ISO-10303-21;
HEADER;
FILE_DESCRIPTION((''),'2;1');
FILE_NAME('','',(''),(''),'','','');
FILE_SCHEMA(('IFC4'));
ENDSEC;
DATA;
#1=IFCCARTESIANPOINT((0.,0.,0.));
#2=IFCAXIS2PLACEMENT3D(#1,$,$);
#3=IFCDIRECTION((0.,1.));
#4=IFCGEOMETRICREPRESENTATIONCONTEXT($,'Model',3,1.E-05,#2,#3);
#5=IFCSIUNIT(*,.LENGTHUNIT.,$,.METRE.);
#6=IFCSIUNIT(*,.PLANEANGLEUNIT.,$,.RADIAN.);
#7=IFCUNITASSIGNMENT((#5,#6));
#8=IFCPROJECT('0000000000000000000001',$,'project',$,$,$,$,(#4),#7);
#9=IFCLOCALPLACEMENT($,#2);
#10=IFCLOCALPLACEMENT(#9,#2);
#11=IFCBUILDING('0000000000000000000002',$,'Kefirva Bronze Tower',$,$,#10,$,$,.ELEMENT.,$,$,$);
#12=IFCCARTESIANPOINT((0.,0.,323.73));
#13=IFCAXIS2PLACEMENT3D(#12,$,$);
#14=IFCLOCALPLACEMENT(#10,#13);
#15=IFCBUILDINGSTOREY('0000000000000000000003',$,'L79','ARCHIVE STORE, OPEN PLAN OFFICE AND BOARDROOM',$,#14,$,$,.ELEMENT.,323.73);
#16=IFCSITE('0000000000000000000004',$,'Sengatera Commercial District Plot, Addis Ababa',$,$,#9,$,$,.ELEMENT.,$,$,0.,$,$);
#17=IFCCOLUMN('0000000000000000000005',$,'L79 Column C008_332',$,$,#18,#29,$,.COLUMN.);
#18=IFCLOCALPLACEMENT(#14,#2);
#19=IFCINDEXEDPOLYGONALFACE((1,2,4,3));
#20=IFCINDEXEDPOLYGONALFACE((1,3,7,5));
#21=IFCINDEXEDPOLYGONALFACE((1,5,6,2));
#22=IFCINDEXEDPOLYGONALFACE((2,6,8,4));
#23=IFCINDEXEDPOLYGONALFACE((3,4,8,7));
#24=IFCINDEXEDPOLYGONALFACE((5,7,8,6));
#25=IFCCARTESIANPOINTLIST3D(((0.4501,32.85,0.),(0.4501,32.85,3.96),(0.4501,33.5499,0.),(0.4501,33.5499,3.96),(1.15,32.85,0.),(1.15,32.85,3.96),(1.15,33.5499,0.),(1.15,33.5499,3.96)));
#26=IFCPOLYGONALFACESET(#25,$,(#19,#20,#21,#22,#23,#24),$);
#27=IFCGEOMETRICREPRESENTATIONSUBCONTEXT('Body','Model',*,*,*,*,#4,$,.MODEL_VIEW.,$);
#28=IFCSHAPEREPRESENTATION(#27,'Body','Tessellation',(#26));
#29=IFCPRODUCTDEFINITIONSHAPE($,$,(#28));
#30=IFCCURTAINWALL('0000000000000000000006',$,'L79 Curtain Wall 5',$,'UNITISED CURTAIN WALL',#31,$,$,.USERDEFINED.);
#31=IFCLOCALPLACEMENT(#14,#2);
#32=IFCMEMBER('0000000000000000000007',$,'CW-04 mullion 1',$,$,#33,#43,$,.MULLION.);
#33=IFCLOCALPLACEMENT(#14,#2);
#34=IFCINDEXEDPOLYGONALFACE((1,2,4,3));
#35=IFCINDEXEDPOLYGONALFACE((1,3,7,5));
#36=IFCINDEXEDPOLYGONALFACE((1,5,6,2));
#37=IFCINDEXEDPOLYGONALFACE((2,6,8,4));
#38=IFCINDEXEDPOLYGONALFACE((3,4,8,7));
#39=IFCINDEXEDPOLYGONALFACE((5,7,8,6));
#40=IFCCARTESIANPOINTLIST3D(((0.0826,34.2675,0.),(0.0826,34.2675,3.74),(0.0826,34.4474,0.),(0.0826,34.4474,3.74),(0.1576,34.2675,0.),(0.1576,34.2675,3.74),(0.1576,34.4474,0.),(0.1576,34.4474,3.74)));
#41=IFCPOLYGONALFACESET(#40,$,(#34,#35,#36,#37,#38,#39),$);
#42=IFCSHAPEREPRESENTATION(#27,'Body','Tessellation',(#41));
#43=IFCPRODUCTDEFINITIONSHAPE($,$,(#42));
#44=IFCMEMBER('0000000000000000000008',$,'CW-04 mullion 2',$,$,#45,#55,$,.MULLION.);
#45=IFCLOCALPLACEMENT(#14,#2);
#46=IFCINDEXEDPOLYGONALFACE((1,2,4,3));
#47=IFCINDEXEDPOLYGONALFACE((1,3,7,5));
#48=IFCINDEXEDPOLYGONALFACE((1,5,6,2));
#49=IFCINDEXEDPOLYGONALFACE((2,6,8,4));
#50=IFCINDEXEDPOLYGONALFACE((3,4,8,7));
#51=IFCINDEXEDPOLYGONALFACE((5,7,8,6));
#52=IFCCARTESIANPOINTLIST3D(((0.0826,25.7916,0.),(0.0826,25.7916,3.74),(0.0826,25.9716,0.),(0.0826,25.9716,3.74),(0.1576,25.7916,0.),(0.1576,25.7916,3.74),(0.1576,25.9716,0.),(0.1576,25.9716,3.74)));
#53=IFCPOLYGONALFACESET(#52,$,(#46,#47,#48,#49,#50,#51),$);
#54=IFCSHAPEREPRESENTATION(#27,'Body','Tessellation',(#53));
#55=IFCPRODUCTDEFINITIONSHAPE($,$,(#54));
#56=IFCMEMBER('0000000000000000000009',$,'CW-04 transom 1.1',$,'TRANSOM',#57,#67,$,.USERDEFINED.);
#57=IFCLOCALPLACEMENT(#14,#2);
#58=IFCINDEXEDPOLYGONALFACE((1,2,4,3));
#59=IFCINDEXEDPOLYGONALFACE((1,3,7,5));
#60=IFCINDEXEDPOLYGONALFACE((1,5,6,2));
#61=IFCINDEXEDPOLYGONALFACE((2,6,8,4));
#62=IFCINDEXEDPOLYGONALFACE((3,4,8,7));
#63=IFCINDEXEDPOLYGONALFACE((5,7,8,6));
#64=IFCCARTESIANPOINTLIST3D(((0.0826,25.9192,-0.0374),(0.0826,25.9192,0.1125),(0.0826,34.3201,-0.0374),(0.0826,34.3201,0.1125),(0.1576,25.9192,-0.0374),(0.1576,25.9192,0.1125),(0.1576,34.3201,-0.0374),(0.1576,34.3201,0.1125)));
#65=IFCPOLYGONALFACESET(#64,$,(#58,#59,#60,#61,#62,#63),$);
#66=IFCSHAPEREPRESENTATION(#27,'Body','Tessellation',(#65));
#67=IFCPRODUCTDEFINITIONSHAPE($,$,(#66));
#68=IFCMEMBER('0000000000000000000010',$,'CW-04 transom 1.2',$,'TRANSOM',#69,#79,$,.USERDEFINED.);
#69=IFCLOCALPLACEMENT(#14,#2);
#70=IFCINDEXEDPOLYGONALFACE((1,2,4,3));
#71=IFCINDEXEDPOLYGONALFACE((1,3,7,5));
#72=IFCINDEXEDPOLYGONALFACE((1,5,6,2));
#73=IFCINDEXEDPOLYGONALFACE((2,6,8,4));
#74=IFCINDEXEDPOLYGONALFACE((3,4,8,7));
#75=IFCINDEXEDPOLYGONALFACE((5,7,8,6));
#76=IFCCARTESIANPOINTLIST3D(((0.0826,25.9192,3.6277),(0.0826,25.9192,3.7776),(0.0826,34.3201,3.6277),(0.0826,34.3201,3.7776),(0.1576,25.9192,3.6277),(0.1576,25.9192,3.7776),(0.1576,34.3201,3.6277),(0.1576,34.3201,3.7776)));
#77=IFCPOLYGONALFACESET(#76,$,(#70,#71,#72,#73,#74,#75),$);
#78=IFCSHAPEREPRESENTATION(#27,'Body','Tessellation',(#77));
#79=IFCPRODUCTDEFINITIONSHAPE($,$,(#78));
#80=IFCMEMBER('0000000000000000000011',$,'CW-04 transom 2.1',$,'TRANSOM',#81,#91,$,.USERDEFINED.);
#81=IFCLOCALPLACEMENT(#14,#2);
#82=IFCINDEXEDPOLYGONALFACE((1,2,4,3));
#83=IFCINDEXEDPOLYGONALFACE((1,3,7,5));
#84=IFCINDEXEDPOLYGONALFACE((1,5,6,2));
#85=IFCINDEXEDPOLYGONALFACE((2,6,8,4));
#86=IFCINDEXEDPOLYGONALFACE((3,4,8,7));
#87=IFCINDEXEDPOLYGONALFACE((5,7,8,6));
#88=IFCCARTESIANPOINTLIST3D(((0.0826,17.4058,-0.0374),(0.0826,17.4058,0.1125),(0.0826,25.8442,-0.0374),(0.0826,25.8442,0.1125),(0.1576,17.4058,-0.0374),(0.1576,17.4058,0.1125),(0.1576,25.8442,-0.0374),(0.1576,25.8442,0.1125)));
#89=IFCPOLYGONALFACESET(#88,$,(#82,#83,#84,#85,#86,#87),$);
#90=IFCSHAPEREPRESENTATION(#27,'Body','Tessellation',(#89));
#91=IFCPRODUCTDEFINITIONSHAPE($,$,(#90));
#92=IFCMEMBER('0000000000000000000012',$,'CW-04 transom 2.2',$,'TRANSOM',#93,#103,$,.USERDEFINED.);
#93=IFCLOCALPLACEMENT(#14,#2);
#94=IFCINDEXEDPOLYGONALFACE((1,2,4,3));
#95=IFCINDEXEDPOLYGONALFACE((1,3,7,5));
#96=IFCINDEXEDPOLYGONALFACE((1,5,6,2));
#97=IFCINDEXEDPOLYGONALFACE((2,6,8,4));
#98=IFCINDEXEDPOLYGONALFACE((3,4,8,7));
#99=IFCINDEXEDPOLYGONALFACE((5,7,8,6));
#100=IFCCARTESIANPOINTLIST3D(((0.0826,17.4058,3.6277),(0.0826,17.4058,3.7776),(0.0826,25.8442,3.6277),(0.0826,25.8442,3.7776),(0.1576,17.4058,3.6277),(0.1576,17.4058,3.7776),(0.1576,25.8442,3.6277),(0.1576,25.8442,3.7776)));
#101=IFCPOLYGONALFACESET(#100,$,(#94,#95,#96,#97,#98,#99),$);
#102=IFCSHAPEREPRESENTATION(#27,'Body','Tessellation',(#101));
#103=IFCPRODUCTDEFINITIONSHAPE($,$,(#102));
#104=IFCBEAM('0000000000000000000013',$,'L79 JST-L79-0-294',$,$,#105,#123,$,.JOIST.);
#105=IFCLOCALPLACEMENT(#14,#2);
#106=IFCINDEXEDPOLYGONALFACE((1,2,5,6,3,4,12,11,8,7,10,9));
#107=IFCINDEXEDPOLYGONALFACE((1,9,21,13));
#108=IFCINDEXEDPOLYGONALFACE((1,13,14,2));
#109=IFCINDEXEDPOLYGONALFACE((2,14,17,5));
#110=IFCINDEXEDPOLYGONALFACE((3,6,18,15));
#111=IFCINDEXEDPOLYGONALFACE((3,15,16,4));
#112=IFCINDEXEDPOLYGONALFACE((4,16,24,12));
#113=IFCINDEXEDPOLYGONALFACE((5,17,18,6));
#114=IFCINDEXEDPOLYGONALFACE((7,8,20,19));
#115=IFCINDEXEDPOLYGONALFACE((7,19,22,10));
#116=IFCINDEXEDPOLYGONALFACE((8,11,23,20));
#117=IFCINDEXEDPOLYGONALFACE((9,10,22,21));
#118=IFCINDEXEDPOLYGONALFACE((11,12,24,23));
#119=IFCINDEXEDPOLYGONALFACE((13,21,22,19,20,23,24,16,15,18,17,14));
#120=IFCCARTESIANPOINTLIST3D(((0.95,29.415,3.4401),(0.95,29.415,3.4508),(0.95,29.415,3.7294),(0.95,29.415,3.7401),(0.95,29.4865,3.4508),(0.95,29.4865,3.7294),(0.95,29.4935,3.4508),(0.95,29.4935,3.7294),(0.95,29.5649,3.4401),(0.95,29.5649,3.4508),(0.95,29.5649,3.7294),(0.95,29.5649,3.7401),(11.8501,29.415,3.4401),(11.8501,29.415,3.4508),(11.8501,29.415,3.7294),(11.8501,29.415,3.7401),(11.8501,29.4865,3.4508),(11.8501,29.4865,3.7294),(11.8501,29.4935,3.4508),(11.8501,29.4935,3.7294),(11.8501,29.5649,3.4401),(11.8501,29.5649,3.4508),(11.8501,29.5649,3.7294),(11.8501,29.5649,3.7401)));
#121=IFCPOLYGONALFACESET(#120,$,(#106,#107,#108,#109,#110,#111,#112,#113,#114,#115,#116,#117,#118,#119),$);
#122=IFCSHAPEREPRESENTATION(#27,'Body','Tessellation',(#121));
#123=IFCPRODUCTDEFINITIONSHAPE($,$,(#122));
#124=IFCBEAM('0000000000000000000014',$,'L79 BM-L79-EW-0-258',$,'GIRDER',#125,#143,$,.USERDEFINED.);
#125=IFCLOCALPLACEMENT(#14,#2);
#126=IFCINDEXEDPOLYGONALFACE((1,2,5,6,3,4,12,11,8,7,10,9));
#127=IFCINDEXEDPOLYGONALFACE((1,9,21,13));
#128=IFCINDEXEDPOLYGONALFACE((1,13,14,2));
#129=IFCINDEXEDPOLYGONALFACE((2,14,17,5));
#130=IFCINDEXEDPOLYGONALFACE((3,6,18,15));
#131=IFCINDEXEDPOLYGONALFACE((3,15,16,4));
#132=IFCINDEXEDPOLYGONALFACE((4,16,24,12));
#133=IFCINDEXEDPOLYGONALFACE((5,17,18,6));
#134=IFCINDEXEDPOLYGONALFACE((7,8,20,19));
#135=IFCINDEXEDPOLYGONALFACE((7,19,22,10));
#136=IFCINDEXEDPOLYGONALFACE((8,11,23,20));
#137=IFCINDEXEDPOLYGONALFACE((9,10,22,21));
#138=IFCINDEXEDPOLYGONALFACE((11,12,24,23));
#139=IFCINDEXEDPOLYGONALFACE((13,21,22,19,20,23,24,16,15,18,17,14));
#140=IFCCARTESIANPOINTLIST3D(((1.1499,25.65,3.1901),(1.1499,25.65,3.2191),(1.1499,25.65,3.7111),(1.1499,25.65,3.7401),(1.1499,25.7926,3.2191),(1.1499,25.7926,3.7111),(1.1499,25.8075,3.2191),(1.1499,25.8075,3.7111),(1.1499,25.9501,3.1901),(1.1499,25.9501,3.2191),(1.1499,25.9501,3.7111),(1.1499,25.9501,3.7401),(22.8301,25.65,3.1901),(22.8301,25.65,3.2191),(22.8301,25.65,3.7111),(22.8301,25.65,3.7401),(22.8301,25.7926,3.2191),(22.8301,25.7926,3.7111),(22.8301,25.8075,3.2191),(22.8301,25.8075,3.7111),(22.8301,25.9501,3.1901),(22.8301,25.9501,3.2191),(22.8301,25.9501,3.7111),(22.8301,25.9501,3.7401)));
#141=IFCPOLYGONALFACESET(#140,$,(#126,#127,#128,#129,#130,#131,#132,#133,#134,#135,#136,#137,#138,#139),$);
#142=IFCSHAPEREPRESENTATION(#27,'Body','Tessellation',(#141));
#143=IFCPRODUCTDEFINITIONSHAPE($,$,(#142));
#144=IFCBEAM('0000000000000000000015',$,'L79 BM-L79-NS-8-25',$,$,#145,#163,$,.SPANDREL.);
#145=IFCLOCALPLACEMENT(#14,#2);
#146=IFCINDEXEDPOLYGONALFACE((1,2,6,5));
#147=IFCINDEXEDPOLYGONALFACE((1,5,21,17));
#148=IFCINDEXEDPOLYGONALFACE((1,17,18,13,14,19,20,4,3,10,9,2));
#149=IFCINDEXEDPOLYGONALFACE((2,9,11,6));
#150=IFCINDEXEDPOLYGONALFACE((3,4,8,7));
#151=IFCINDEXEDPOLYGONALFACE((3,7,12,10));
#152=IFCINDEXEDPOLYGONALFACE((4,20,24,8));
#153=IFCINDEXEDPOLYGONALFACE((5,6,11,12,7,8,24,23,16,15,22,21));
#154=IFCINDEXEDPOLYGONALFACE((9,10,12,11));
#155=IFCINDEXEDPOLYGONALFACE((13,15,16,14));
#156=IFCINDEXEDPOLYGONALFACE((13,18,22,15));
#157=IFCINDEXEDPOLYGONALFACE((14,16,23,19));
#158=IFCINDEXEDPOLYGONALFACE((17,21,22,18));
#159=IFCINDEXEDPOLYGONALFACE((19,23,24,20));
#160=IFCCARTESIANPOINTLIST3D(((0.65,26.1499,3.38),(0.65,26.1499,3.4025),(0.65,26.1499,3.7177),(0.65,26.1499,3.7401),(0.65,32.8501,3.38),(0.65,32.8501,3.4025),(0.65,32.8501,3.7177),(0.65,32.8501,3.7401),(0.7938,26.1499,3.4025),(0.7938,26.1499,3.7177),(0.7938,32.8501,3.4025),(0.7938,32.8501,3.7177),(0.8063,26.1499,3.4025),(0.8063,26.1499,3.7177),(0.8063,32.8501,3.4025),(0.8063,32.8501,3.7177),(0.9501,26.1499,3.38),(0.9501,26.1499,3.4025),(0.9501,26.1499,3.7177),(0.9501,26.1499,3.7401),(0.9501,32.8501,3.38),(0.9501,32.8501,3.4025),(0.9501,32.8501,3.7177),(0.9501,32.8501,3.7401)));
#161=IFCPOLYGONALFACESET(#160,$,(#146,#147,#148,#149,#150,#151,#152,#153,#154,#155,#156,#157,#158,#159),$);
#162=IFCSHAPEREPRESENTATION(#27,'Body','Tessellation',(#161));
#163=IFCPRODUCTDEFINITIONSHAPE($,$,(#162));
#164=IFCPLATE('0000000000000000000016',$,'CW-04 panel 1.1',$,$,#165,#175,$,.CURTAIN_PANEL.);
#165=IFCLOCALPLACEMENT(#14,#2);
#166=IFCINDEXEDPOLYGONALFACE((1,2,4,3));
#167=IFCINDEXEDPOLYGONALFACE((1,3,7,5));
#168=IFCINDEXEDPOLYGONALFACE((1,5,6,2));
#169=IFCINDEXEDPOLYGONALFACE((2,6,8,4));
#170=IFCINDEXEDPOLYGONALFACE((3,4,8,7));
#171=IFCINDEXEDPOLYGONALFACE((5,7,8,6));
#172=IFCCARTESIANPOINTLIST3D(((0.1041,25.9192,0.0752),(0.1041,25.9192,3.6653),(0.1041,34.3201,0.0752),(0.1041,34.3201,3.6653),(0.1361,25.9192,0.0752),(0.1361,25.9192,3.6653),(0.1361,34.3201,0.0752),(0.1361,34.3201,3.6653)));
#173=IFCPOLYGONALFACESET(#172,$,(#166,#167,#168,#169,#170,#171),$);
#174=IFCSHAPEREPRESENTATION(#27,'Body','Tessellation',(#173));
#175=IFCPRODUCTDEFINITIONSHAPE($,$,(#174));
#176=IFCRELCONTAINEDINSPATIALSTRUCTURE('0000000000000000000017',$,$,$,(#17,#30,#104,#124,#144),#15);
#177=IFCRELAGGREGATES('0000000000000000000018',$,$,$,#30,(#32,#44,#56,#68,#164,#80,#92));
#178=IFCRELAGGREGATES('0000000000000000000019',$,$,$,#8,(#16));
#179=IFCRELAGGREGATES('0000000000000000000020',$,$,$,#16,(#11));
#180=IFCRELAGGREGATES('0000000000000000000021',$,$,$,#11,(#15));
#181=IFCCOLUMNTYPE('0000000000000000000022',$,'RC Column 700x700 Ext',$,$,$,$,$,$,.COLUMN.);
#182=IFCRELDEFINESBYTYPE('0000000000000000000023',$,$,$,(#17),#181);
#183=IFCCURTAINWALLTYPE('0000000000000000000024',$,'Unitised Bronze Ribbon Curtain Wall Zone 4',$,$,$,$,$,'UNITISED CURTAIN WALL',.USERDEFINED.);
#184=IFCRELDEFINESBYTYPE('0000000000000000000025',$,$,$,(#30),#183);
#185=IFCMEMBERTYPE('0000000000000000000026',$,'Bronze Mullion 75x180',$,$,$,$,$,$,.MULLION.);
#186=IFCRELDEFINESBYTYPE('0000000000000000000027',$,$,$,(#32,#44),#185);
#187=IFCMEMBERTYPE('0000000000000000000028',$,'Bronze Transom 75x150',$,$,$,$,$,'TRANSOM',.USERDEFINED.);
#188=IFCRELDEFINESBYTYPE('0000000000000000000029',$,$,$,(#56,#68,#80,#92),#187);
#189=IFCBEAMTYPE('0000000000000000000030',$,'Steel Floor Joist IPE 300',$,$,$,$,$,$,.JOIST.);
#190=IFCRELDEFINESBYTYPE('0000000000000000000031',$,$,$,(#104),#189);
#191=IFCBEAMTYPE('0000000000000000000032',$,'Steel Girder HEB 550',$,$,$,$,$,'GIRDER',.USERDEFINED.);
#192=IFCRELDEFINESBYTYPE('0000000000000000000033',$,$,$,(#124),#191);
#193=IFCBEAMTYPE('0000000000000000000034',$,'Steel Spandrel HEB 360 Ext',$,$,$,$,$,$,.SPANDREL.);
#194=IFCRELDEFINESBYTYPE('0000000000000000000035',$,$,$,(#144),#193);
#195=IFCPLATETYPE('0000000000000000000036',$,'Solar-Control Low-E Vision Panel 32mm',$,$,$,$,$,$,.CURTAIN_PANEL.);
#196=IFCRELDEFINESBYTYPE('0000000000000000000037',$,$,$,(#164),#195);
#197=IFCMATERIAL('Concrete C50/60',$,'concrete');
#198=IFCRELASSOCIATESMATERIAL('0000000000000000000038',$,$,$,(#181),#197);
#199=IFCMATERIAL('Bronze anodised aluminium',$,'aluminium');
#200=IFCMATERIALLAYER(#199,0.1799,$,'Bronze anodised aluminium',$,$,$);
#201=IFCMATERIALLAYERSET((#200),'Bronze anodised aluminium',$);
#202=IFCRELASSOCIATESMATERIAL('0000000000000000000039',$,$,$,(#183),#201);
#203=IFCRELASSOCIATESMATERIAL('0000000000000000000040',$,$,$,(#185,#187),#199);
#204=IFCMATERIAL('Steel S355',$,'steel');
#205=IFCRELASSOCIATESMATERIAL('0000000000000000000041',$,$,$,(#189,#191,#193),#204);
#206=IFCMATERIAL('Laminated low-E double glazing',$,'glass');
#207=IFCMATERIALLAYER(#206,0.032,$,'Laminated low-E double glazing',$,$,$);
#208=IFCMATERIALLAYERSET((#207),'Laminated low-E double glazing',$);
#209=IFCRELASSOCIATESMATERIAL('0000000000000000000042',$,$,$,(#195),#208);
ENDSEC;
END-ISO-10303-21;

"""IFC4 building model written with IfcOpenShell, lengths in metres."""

from ifc_helpers import new_model, si_unit, direction, frame, origin, origin_2d, place, context, subcontext, project, spatial, rectangle, i_section, extrude, material, layer, layer_set, material_profile, profile_set, type_object, element, aggregate, save


model = new_model("IFC4")

# Units and contexts
model_context = context("Model", 3, precision=1e-05, world=origin(), true_north=direction((0.0, 1.0)))
body_context = subcontext(model_context, "Body", "Model", "MODEL_VIEW")
ifc_project = project(units=[si_unit("LENGTHUNIT", "METRE"), si_unit("PLANEANGLEUNIT", "RADIAN")], contexts=[model_context])

# Site, building, storey
site_placement = place(None, origin())
site = spatial("IfcSite", under=ifc_project, at=site_placement, Name="Sengatera Commercial District Plot, Addis Ababa", CompositionType="ELEMENT", RefElevation=0.0)
building_placement = place(site_placement, origin())
building = spatial("IfcBuilding", under=site, at=building_placement, Name="Kefirva Bronze Tower", CompositionType="ELEMENT")
storey_placement = place(building_placement, frame((0.0, 0.0, 323.73)))
storey = spatial("IfcBuildingStorey", under=building, at=storey_placement, Name="L79", Description="ARCHIVE STORE, OPEN PLAN OFFICE AND BOARDROOM", CompositionType="ELEMENT", Elevation=323.73)

# Column
ifc_material_1 = material(Name="Concrete C50/60", Category="concrete")
ifc_material_profile_1 = material_profile(ifc_material_1, rectangle(XDim=0.7, YDim=0.7, at=origin_2d()), Name="RC 700x700")
ifc_profile_set_1 = profile_set([ifc_material_profile_1], Name="Concrete C50/60")
column_type = type_object("IfcColumnType", Name="RC Column 700x700 Ext", PredefinedType="COLUMN", material=ifc_profile_set_1)
column_placement = place(storey_placement, frame((0.8, 33.2, 0.0), z_axis=(0.0, 0.0, 1.0), x_axis=(1.0, 0.0, 0.0)))
element("IfcColumn", 1, at=column_placement, inside=storey, type_object=column_type, Name="L79 Column C008_332", PredefinedType="COLUMN", context=body_context, shape_type="SweptSolid", body=[
    extrude(rectangle(XDim=0.7, YDim=0.7, at=origin_2d()), origin(), (0.0, 0.0, 1.0), 3.96),
])

# Curtain wall, members
ifc_material_2 = material(Name="Bronze anodised aluminium", Category="aluminium")
ifc_layer_1 = layer(ifc_material_2, 0.1799, Name="Bronze anodised aluminium")
ifc_layer_set_1 = layer_set([ifc_layer_1], Name="Bronze anodised aluminium")
curtain_wall_type = type_object("IfcCurtainWallType", Name="Unitised Bronze Ribbon Curtain Wall Zone 4", ElementType="UNITISED CURTAIN WALL", PredefinedType="USERDEFINED", material=ifc_layer_set_1)
curtain_wall_placement = place(storey_placement, origin())
curtain_wall = element("IfcCurtainWall", 2, at=curtain_wall_placement, inside=storey, type_object=curtain_wall_type, Name="L79 Curtain Wall 5", ObjectType="UNITISED CURTAIN WALL", PredefinedType="USERDEFINED")
ifc_material_profile_2 = material_profile(ifc_material_2, rectangle(XDim=0.075, YDim=0.1799, at=origin_2d()), Name="ALU 75x180")
ifc_profile_set_2 = profile_set([ifc_material_profile_2], Name="Bronze anodised aluminium")
member_type_1 = type_object("IfcMemberType", Name="Bronze Mullion 75x180", PredefinedType="MULLION", material=ifc_profile_set_2)
member_1_placement = place(storey_placement, frame((0.1201, 34.3574, 0.0), z_axis=(0.0, 0.0, 1.0), x_axis=(1.0, 0.0, 0.0)))
member_1 = element("IfcMember", 3, at=member_1_placement, type_object=member_type_1, Name="CW-04 mullion 1", PredefinedType="MULLION", context=body_context, shape_type="SweptSolid", body=[
    extrude(rectangle(XDim=0.075, YDim=0.1799, at=origin_2d()), origin(), (0.0, 0.0, 1.0), 3.74),
])
member_2_placement = place(storey_placement, frame((0.1201, 25.8816, 0.0), z_axis=(0.0, 0.0, 1.0), x_axis=(1.0, 0.0, 0.0)))
member_2 = element("IfcMember", 4, at=member_2_placement, type_object=member_type_1, Name="CW-04 mullion 2", PredefinedType="MULLION", context=body_context, shape_type="SweptSolid", body=[
    extrude(rectangle(XDim=0.075, YDim=0.1799, at=origin_2d()), origin(), (0.0, 0.0, 1.0), 3.74),
])
ifc_material_profile_3 = material_profile(ifc_material_2, rectangle(XDim=0.075, YDim=0.1499, at=origin_2d()), Name="ALU 75x150")
ifc_profile_set_3 = profile_set([ifc_material_profile_3], Name="Bronze anodised aluminium")
member_type_2 = type_object("IfcMemberType", Name="Bronze Transom 75x150", ElementType="TRANSOM", PredefinedType="USERDEFINED", material=ifc_profile_set_3)
member_3_placement = place(storey_placement, frame((0.1201, 34.3201, 0.0376), z_axis=(0.0, -1.0, 0.0), x_axis=(1.0, 0.0, 0.0)))
member_3 = element("IfcMember", 5, at=member_3_placement, type_object=member_type_2, Name="CW-04 transom 1.1", ObjectType="TRANSOM", PredefinedType="USERDEFINED", context=body_context, shape_type="SweptSolid", body=[
    extrude(rectangle(XDim=0.075, YDim=0.1499, at=origin_2d()), origin(), (0.0, 0.0, 1.0), 8.4009),
])
member_4_placement = place(storey_placement, frame((0.1201, 34.3201, 3.7026), z_axis=(0.0, -1.0, 0.0), x_axis=(1.0, 0.0, 0.0)))
member_4 = element("IfcMember", 6, at=member_4_placement, type_object=member_type_2, Name="CW-04 transom 1.2", ObjectType="TRANSOM", PredefinedType="USERDEFINED", context=body_context, shape_type="SweptSolid", body=[
    extrude(rectangle(XDim=0.075, YDim=0.1499, at=origin_2d()), origin(), (0.0, 0.0, 1.0), 8.4009),
])
member_5_placement = place(storey_placement, frame((0.1201, 25.8442, 0.0376), z_axis=(0.0, -1.0, 0.0), x_axis=(1.0, 0.0, 0.0)))
member_5 = element("IfcMember", 7, at=member_5_placement, type_object=member_type_2, Name="CW-04 transom 2.1", ObjectType="TRANSOM", PredefinedType="USERDEFINED", context=body_context, shape_type="SweptSolid", body=[
    extrude(rectangle(XDim=0.075, YDim=0.1499, at=origin_2d()), origin(), (0.0, 0.0, 1.0), 8.4385),
])
member_6_placement = place(storey_placement, frame((0.1201, 25.8442, 3.7026), z_axis=(0.0, -1.0, 0.0), x_axis=(1.0, 0.0, 0.0)))
member_6 = element("IfcMember", 8, at=member_6_placement, type_object=member_type_2, Name="CW-04 transom 2.2", ObjectType="TRANSOM", PredefinedType="USERDEFINED", context=body_context, shape_type="SweptSolid", body=[
    extrude(rectangle(XDim=0.075, YDim=0.1499, at=origin_2d()), origin(), (0.0, 0.0, 1.0), 8.4385),
])

# Beams
ifc_material_3 = material(Name="Steel S355", Category="steel")
ifc_material_profile_4 = material_profile(ifc_material_3, i_section(OverallWidth=0.1499, OverallDepth=0.3, WebThickness=0.0071, FlangeThickness=0.0107, at=origin_2d()), Name="IPE 300")
ifc_profile_set_4 = profile_set([ifc_material_profile_4], Name="Steel S355")
beam_type_1 = type_object("IfcBeamType", Name="Steel Floor Joist IPE 300", PredefinedType="JOIST", material=ifc_profile_set_4)
beam_1_placement = place(storey_placement, frame((0.95, 29.49, 3.5901), z_axis=(1.0, 0.0, 0.0), x_axis=(0.0, 1.0, 0.0)))
element("IfcBeam", 9, at=beam_1_placement, inside=storey, type_object=beam_type_1, Name="L79 JST-L79-0-294", PredefinedType="JOIST", context=body_context, shape_type="SweptSolid", body=[
    extrude(i_section(OverallWidth=0.1499, OverallDepth=0.3, WebThickness=0.0071, FlangeThickness=0.0107, at=origin_2d()), origin(), (0.0, 0.0, 1.0), 10.9001),
])
ifc_material_profile_5 = material_profile(ifc_material_3, i_section(OverallWidth=0.3, OverallDepth=0.55, WebThickness=0.0149, FlangeThickness=0.0291, at=origin_2d()), Name="HEB 550")
ifc_profile_set_5 = profile_set([ifc_material_profile_5], Name="Steel S355")
beam_type_2 = type_object("IfcBeamType", Name="Steel Girder HEB 550", ElementType="GIRDER", PredefinedType="USERDEFINED", material=ifc_profile_set_5)
beam_2_placement = place(storey_placement, frame((1.1499, 25.8, 3.4651), z_axis=(1.0, 0.0, 0.0), x_axis=(0.0, 1.0, 0.0)))
element("IfcBeam", 10, at=beam_2_placement, inside=storey, type_object=beam_type_2, Name="L79 BM-L79-EW-0-258", ObjectType="GIRDER", PredefinedType="USERDEFINED", context=body_context, shape_type="SweptSolid", body=[
    extrude(i_section(OverallWidth=0.3, OverallDepth=0.55, WebThickness=0.0149, FlangeThickness=0.0291, at=origin_2d()), origin(), (0.0, 0.0, 1.0), 21.6802),
])
ifc_material_profile_6 = material_profile(ifc_material_3, i_section(OverallWidth=0.3, OverallDepth=0.3601, WebThickness=0.0125, FlangeThickness=0.0225, at=origin_2d()), Name="HEB 360")
ifc_profile_set_6 = profile_set([ifc_material_profile_6], Name="Steel S355")
beam_type_3 = type_object("IfcBeamType", Name="Steel Spandrel HEB 360 Ext", PredefinedType="SPANDREL", material=ifc_profile_set_6)
beam_3_placement = place(storey_placement, frame((0.8, 26.1499, 3.5601), z_axis=(0.0, 1.0, 0.0), x_axis=(-1.0, 0.0, 0.0)))
element("IfcBeam", 11, at=beam_3_placement, inside=storey, type_object=beam_type_3, Name="L79 BM-L79-NS-8-25", PredefinedType="SPANDREL", context=body_context, shape_type="SweptSolid", body=[
    extrude(i_section(OverallWidth=0.3, OverallDepth=0.3601, WebThickness=0.0125, FlangeThickness=0.0225, at=origin_2d()), origin(), (0.0, 0.0, 1.0), 6.7002),
])

# Plate
ifc_material_4 = material(Name="Laminated low-E double glazing", Category="glass")
ifc_layer_2 = layer(ifc_material_4, 0.032, Name="Laminated low-E double glazing")
ifc_layer_set_2 = layer_set([ifc_layer_2], Name="Laminated low-E double glazing")
plate_type = type_object("IfcPlateType", Name="Solar-Control Low-E Vision Panel 32mm", PredefinedType="CURTAIN_PANEL", material=ifc_layer_set_2)
plate_placement = place(storey_placement, frame((0.1201, 30.1196, 0.0752), z_axis=(0.0, 0.0, 1.0), x_axis=(0.0, -1.0, 0.0)))
plate = element("IfcPlate", 12, at=plate_placement, type_object=plate_type, Name="CW-04 panel 1.1", PredefinedType="CURTAIN_PANEL", context=body_context, shape_type="SweptSolid", body=[
    extrude(rectangle(XDim=8.4009, YDim=0.032, at=origin_2d()), origin(), (0.0, 0.0, 1.0), 3.5901),
])
aggregate(curtain_wall, [member_1, member_2, member_3, member_4, plate, member_5, member_6])

save(model, "model.ifc")
